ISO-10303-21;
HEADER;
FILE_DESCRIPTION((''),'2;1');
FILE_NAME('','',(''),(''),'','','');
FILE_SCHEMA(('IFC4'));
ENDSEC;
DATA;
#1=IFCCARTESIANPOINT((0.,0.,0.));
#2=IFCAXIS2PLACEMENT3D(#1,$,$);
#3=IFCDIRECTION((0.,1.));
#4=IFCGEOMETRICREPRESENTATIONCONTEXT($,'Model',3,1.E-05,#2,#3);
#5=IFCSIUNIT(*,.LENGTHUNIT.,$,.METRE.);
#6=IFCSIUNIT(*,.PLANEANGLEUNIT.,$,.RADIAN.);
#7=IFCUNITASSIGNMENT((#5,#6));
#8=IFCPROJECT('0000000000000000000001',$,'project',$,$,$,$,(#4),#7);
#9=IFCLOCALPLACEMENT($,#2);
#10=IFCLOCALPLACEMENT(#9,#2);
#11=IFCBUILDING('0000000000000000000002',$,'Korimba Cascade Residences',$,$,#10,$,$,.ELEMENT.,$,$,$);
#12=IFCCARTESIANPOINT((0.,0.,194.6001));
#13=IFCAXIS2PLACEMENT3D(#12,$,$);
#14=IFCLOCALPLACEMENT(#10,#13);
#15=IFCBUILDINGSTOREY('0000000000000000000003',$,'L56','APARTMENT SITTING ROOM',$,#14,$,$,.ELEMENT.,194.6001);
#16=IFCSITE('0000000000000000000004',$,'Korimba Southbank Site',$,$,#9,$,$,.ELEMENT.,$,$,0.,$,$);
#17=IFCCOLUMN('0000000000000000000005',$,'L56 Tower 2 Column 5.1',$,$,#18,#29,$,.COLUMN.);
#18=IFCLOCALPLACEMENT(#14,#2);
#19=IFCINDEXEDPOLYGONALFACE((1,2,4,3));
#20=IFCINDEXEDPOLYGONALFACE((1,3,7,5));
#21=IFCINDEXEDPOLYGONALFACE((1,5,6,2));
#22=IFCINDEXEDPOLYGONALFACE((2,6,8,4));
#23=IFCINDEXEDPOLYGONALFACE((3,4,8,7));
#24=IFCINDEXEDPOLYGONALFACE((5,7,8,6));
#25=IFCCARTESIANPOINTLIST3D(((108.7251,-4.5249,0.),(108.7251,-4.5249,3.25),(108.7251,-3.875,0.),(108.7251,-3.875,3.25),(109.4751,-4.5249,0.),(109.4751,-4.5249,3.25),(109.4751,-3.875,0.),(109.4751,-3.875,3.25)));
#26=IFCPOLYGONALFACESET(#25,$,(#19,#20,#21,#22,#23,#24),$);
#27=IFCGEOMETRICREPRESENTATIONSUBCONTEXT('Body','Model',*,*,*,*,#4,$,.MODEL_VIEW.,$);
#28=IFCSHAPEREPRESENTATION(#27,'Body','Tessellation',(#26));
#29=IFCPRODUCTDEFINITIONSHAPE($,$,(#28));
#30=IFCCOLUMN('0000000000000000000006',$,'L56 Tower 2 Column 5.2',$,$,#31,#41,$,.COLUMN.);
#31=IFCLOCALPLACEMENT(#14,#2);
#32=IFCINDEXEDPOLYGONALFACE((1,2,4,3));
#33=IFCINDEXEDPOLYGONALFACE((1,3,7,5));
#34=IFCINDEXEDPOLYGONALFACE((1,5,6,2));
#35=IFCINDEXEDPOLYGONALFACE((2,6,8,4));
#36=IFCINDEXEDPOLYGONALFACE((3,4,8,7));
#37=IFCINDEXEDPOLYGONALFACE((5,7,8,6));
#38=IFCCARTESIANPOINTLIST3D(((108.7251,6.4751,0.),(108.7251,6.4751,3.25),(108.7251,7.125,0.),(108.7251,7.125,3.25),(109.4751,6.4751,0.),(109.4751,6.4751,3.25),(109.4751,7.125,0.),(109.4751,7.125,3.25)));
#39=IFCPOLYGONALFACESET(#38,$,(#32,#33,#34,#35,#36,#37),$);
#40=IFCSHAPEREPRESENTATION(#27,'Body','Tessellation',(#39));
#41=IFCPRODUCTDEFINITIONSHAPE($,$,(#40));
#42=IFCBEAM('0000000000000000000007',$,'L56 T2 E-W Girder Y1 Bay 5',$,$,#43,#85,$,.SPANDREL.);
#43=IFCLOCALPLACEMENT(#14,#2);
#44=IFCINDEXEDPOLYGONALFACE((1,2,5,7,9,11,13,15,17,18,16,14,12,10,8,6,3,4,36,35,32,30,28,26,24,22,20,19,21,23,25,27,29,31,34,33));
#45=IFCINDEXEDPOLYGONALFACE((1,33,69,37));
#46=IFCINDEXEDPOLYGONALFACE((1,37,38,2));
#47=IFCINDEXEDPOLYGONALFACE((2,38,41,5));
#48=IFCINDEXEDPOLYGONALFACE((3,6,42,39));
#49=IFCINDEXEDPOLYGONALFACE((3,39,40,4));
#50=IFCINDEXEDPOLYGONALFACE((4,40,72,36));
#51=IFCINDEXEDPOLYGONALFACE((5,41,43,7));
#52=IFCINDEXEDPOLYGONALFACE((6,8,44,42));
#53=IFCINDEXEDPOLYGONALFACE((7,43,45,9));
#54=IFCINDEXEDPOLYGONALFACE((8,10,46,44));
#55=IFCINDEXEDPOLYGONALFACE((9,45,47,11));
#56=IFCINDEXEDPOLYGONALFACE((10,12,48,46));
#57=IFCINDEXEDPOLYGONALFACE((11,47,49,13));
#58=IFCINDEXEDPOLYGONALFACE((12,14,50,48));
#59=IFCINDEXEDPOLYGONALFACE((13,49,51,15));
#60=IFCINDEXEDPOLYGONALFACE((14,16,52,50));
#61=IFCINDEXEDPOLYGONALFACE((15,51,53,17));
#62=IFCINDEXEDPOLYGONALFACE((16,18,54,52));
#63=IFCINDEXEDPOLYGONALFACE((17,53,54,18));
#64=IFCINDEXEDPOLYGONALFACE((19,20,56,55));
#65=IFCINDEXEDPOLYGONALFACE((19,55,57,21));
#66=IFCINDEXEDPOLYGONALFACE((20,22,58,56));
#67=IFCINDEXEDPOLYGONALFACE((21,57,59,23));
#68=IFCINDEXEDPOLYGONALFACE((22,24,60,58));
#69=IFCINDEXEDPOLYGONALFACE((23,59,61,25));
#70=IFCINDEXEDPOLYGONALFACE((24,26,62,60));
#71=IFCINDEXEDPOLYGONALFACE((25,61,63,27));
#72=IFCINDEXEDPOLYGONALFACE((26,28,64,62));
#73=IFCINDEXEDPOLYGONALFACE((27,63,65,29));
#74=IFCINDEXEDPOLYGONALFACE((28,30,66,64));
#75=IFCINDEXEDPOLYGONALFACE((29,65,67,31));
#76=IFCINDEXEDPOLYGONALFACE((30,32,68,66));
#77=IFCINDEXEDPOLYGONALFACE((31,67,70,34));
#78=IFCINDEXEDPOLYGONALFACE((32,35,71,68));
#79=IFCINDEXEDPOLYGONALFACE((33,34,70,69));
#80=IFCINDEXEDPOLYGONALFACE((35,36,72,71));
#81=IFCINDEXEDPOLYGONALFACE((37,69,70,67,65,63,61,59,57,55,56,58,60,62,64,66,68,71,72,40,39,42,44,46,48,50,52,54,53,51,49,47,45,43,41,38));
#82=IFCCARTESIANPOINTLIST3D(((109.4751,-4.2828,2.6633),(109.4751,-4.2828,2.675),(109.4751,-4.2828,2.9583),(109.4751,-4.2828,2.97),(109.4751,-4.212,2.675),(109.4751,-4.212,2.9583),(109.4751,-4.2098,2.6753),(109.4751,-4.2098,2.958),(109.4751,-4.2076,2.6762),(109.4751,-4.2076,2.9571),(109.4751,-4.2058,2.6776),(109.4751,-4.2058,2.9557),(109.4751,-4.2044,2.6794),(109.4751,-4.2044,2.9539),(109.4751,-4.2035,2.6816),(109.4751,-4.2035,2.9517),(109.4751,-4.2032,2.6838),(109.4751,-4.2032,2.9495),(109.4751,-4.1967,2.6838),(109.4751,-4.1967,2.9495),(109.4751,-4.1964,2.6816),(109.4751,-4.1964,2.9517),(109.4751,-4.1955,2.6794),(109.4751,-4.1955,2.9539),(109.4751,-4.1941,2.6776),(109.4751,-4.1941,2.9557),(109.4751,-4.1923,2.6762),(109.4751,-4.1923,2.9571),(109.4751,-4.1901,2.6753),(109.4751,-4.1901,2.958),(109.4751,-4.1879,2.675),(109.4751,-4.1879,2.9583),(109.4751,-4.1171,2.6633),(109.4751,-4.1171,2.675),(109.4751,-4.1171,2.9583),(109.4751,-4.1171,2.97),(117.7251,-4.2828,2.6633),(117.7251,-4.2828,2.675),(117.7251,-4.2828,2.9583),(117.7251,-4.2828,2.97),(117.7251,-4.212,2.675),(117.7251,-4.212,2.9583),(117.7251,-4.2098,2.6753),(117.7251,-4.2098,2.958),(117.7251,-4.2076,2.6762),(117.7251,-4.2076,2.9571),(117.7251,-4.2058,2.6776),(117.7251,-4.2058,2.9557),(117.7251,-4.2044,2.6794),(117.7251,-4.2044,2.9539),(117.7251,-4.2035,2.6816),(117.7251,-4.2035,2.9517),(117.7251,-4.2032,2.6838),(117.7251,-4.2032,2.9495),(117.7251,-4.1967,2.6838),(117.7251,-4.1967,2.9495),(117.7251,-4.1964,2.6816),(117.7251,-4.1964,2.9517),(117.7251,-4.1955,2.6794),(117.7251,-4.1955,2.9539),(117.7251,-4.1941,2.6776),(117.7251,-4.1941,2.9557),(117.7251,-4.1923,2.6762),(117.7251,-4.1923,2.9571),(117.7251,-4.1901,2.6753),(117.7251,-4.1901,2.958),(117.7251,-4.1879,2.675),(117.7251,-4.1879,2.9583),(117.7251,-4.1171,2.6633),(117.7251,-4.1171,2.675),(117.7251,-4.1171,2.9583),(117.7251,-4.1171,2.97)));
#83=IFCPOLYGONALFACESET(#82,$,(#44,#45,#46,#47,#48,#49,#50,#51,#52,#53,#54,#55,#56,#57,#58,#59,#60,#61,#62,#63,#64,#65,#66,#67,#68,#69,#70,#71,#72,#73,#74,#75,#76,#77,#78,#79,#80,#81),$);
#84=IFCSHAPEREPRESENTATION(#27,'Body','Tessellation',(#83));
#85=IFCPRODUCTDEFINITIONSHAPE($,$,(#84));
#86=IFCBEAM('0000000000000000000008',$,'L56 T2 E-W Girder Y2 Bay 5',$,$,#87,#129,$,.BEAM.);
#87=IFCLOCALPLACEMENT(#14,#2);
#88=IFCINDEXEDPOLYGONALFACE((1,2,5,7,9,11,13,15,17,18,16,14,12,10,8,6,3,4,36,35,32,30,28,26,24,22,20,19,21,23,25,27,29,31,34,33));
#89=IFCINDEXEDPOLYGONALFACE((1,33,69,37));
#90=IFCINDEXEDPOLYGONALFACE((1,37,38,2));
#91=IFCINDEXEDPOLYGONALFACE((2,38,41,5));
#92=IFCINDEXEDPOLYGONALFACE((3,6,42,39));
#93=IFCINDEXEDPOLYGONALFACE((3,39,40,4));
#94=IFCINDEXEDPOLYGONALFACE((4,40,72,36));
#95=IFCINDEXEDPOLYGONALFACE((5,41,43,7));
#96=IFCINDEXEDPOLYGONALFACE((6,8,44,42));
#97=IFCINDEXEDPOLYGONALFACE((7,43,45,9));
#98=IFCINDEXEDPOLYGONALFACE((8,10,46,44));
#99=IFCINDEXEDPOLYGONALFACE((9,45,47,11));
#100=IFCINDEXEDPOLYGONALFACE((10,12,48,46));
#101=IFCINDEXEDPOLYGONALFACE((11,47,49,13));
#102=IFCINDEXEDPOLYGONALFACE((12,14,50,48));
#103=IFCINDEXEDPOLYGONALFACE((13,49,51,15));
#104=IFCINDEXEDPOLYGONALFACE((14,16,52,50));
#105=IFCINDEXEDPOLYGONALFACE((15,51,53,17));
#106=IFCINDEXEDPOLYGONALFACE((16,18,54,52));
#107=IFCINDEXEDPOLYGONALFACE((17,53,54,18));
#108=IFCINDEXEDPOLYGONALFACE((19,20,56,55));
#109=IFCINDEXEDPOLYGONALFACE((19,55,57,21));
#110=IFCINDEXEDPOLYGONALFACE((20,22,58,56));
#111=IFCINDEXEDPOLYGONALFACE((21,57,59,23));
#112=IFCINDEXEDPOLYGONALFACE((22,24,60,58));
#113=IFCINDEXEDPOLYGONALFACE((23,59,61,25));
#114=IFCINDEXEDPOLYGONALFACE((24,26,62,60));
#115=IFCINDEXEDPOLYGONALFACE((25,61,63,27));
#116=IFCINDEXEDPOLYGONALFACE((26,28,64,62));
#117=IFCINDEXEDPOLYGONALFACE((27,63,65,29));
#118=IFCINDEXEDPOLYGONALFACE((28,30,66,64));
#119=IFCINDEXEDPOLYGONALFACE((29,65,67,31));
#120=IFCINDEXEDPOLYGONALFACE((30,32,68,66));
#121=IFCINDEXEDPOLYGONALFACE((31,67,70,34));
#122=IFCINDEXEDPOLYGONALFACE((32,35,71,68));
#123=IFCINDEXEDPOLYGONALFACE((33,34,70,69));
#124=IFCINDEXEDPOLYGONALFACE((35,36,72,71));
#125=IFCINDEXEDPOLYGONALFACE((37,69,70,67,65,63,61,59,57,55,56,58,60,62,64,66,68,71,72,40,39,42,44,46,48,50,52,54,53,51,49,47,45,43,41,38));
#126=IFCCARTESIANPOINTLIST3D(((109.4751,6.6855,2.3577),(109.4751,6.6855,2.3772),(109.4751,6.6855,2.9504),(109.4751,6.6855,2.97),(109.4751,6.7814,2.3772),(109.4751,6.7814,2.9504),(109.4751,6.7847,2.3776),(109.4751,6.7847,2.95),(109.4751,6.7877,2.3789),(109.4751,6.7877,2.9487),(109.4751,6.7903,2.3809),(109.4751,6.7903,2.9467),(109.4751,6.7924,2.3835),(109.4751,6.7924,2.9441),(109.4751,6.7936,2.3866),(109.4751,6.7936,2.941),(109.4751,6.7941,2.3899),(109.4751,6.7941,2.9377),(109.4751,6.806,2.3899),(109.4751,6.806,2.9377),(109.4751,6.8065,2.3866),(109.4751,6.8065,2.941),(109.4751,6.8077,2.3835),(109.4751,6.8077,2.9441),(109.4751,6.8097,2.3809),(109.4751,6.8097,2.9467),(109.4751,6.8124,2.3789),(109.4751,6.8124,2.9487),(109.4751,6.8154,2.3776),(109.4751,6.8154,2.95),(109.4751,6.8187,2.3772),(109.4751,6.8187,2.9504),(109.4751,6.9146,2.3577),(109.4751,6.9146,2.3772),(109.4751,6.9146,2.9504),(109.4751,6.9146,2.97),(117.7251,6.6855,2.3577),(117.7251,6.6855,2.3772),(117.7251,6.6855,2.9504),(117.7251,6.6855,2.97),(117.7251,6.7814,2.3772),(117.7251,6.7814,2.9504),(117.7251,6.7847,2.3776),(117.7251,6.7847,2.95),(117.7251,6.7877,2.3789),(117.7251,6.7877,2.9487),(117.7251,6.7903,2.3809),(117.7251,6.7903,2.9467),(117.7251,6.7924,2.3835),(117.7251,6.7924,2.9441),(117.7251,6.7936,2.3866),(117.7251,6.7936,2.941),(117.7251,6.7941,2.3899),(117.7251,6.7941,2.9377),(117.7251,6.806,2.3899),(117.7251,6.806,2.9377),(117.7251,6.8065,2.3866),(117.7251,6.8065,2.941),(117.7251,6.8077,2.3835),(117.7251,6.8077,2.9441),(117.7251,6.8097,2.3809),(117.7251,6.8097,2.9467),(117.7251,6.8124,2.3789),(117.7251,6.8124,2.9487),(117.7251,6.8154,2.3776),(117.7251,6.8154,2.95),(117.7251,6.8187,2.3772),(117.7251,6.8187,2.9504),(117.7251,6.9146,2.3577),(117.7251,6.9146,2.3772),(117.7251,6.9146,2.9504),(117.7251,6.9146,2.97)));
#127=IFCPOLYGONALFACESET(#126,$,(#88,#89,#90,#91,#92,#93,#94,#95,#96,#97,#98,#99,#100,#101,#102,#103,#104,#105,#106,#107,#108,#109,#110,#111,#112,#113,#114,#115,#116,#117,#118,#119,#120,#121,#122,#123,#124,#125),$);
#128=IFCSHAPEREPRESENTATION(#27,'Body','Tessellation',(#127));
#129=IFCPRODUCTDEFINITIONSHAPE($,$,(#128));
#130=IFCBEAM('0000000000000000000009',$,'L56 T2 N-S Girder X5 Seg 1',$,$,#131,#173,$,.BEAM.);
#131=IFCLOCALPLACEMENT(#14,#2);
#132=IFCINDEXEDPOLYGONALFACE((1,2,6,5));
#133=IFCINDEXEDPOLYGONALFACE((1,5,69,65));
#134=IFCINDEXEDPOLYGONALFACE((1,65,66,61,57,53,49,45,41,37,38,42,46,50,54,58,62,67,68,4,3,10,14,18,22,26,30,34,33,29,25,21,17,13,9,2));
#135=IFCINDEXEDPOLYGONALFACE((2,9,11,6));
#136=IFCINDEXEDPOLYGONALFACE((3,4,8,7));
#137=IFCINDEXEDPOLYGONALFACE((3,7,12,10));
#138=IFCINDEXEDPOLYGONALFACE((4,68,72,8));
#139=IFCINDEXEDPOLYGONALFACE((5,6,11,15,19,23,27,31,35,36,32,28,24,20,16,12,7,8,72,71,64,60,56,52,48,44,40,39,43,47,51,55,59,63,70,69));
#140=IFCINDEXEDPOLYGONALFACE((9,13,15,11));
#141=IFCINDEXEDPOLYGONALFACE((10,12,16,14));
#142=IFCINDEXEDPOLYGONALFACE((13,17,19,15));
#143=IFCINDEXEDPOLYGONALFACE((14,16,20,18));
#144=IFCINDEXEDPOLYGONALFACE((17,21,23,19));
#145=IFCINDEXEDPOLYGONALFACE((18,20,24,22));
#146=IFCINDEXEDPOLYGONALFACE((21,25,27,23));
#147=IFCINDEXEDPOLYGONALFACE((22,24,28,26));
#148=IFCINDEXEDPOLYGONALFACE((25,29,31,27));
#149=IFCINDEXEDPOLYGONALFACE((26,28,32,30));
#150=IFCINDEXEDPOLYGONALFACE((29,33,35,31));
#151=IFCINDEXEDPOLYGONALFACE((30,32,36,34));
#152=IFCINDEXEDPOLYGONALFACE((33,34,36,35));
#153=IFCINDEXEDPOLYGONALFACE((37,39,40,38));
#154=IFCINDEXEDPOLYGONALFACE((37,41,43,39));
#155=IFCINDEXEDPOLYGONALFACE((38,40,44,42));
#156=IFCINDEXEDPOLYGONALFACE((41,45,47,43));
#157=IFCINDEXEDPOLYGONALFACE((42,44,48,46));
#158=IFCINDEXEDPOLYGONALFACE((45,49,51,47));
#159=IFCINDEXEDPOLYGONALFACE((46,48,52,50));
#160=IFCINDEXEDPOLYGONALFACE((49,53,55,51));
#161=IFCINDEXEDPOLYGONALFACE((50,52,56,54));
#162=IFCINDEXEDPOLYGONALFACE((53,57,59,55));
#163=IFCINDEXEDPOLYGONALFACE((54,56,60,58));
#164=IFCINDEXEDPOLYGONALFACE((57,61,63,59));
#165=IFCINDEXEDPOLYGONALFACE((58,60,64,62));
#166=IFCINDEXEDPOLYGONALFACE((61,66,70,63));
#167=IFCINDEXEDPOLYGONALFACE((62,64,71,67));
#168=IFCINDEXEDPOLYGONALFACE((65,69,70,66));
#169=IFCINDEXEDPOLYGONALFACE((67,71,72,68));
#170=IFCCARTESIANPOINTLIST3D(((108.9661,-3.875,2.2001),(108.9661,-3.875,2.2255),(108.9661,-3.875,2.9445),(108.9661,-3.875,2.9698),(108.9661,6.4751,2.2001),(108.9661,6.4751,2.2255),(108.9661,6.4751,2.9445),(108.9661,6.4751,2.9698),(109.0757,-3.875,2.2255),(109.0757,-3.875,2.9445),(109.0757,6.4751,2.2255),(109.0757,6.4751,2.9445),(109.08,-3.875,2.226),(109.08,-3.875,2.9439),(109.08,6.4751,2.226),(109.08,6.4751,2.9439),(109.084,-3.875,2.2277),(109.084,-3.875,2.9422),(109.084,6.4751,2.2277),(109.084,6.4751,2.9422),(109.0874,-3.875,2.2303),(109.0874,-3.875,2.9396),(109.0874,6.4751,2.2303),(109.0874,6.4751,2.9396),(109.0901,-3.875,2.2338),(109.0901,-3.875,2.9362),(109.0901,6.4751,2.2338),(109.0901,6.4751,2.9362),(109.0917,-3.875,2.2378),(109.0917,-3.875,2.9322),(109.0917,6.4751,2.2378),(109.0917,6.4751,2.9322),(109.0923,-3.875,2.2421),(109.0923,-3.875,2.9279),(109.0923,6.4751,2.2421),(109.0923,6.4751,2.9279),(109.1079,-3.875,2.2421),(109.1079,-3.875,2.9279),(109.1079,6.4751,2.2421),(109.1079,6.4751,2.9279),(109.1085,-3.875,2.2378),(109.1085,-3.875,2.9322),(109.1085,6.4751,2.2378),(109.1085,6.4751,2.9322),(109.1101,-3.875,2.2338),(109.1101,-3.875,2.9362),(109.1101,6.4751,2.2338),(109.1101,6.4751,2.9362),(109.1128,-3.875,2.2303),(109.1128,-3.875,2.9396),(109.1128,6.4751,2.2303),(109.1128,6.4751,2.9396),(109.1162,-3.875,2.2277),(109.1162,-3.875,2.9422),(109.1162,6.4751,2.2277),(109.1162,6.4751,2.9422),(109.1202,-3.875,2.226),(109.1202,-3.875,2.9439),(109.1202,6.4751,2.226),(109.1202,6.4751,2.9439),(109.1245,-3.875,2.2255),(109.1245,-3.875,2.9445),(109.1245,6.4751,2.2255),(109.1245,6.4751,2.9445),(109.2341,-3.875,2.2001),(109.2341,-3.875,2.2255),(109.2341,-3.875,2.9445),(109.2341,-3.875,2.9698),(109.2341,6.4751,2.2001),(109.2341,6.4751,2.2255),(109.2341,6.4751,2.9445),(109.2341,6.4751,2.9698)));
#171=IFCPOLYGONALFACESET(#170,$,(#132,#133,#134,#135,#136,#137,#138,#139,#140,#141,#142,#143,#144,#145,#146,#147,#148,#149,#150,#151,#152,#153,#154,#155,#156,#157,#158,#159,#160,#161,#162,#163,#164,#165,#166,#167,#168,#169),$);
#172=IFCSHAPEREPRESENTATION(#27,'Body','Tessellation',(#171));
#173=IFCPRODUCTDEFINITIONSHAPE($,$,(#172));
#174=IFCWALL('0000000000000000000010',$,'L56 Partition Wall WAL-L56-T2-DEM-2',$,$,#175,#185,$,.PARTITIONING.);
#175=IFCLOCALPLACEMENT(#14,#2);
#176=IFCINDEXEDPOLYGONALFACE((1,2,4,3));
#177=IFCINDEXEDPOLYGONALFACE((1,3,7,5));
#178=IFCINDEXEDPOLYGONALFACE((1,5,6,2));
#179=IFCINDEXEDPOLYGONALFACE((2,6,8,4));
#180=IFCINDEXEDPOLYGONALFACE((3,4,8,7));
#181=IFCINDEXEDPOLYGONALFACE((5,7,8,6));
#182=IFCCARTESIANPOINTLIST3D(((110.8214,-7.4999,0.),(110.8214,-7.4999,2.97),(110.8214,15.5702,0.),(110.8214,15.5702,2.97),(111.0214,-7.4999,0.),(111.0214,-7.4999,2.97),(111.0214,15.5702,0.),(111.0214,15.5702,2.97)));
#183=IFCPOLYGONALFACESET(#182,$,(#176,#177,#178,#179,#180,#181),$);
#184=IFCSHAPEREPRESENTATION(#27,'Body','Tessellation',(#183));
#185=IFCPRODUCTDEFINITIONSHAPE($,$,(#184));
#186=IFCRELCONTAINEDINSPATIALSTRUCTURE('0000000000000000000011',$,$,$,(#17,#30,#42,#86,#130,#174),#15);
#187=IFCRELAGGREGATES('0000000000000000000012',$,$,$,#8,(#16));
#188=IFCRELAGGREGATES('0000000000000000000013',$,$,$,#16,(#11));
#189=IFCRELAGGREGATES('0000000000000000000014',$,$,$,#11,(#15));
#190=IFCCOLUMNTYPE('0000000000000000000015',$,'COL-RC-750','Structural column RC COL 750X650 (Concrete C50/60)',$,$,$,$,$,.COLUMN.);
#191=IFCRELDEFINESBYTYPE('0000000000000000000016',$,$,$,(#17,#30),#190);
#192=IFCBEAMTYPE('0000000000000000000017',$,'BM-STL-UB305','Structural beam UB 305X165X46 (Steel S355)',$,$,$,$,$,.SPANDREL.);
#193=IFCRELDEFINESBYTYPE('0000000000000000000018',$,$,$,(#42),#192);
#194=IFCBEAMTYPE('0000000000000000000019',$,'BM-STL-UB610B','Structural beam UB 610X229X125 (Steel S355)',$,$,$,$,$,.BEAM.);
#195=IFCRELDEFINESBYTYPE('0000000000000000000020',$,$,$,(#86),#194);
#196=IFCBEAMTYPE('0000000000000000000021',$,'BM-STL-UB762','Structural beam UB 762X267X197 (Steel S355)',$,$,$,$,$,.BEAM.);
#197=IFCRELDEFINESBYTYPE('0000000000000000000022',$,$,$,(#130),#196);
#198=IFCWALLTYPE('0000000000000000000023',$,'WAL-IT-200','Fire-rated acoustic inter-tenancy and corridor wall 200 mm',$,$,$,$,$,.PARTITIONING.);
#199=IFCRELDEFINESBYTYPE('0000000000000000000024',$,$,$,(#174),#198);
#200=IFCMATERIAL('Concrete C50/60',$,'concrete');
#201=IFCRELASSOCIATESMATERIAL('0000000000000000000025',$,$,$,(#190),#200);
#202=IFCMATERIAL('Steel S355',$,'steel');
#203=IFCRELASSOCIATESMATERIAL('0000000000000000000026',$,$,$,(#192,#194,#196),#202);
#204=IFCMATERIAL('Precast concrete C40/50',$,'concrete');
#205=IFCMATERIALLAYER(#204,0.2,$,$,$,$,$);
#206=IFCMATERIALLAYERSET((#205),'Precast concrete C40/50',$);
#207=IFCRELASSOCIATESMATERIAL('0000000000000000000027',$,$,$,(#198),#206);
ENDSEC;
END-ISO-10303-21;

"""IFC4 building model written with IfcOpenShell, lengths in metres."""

from ifc_helpers import new_model, si_unit, direction, frame, frame_2d, origin, origin_2d, place, context, subcontext, project, spatial, rectangle, i_section, extrude, material, layer, layer_set, material_profile, profile_set, type_object, element, save


model = new_model("IFC4")

# Units and contexts
model_context = context("Model", 3, precision=1e-05, world=origin(), true_north=direction((0.0, 1.0)))
body_context = subcontext(model_context, "Body", "Model", "MODEL_VIEW")
ifc_project = project(units=[si_unit("LENGTHUNIT", "METRE"), si_unit("PLANEANGLEUNIT", "RADIAN")], contexts=[model_context])

# Site, building, storey
site_placement = place(None, origin())
site = spatial("IfcSite", under=ifc_project, at=site_placement, Name="Korimba Southbank Site", CompositionType="ELEMENT", RefElevation=0.0)
building_placement = place(site_placement, origin())
building = spatial("IfcBuilding", under=site, at=building_placement, Name="Korimba Cascade Residences", CompositionType="ELEMENT")
storey_placement = place(building_placement, frame((0.0, 0.0, 194.6001)))
storey = spatial("IfcBuildingStorey", under=building, at=storey_placement, Name="L56", Description="APARTMENT SITTING ROOM", CompositionType="ELEMENT", Elevation=194.6001)

# Columns
ifc_material_1 = material(Name="Concrete C50/60", Category="concrete")
ifc_material_profile_1 = material_profile(ifc_material_1, rectangle(XDim=0.75, YDim=0.6499, at=origin_2d()), Name="Concrete C50/60")
ifc_profile_set_1 = profile_set([ifc_material_profile_1], Name="Concrete C50/60")
column_type = type_object("IfcColumnType", Name="COL-RC-750", Description="Structural column RC COL 750X650 (Concrete C50/60)", PredefinedType="COLUMN", material=ifc_profile_set_1)
for number, where, z_axis, x_axis, name in (
    (1, (109.1001, -4.2, 0.0), (0.0, 0.0, 1.0), (1.0, 0.0, 0.0), "L56 Tower 2 Column 5.1"),
    (2, (109.1001, 6.8, 0.0), (0.0, 0.0, 1.0), (1.0, 0.0, 0.0), "L56 Tower 2 Column 5.2"),
):
    element("IfcColumn", number, at=place(storey_placement, frame(where, z_axis=z_axis, x_axis=x_axis)), inside=storey, type_object=column_type, Name=name, PredefinedType="COLUMN", context=body_context, shape_type="SweptSolid", body=[
        extrude(rectangle(XDim=0.75, YDim=0.6499, at=origin_2d()), origin(), (0.0, 0.0, 1.0), 3.25),
    ])

# Beams
ifc_material_2 = material(Name="Steel S355", Category="steel")
ifc_material_profile_2 = material_profile(ifc_material_2, i_section(OverallWidth=0.1658, OverallDepth=0.3066, WebThickness=0.0066, FlangeThickness=0.0117, FilletRadius=0.0088, at=origin_2d()), Name="Steel S355")
ifc_profile_set_2 = profile_set([ifc_material_profile_2], Name="Steel S355")
beam_type_1 = type_object("IfcBeamType", Name="BM-STL-UB305", Description="Structural beam UB 305X165X46 (Steel S355)", PredefinedType="SPANDREL", material=ifc_profile_set_2)
beam_1_placement = place(storey_placement, frame((109.4751, -4.2, 2.8167), z_axis=(1.0, 0.0, 0.0), x_axis=(0.0, 1.0, 0.0)))
element("IfcBeam", 3, at=beam_1_placement, inside=storey, type_object=beam_type_1, Name="L56 T2 E-W Girder Y1 Bay 5", PredefinedType="SPANDREL", context=body_context, shape_type="SweptSolid", body=[
    extrude(i_section(OverallWidth=0.1658, OverallDepth=0.3066, WebThickness=0.0066, FlangeThickness=0.0117, FilletRadius=0.0088, at=origin_2d()), origin(), (0.0, 0.0, 1.0), 8.25),
])
ifc_material_profile_3 = material_profile(ifc_material_2, i_section(OverallWidth=0.229, OverallDepth=0.6123, WebThickness=0.012, FlangeThickness=0.0195, FilletRadius=0.0127, at=origin_2d()), Name="Steel S355")
ifc_profile_set_3 = profile_set([ifc_material_profile_3], Name="Steel S355")
beam_type_2 = type_object("IfcBeamType", Name="BM-STL-UB610B", Description="Structural beam UB 610X229X125 (Steel S355)", PredefinedType="BEAM", material=ifc_profile_set_3)
beam_2_placement = place(storey_placement, frame((109.4751, 6.8, 2.6638), z_axis=(1.0, 0.0, 0.0), x_axis=(0.0, 1.0, 0.0)))
element("IfcBeam", 4, at=beam_2_placement, inside=storey, type_object=beam_type_2, Name="L56 T2 E-W Girder Y2 Bay 5", PredefinedType="BEAM", context=body_context, shape_type="SweptSolid", body=[
    extrude(i_section(OverallWidth=0.229, OverallDepth=0.6123, WebThickness=0.012, FlangeThickness=0.0195, FilletRadius=0.0127, at=origin_2d()), origin(), (0.0, 0.0, 1.0), 8.25),
])
ifc_material_profile_4 = material_profile(ifc_material_2, i_section(OverallWidth=0.2681, OverallDepth=0.7698, WebThickness=0.0156, FlangeThickness=0.0254, FilletRadius=0.0166, at=origin_2d()), Name="Steel S355")
ifc_profile_set_4 = profile_set([ifc_material_profile_4], Name="Steel S355")
beam_type_3 = type_object("IfcBeamType", Name="BM-STL-UB762", Description="Structural beam UB 762X267X197 (Steel S355)", PredefinedType="BEAM", material=ifc_profile_set_4)
beam_3_placement = place(storey_placement, frame((109.1001, -3.875, 2.585), z_axis=(0.0, 1.0, 0.0), x_axis=(-1.0, 0.0, 0.0)))
element("IfcBeam", 5, at=beam_3_placement, inside=storey, type_object=beam_type_3, Name="L56 T2 N-S Girder X5 Seg 1", PredefinedType="BEAM", context=body_context, shape_type="SweptSolid", body=[
    extrude(i_section(OverallWidth=0.2681, OverallDepth=0.7698, WebThickness=0.0156, FlangeThickness=0.0254, FilletRadius=0.0166, at=origin_2d()), origin(), (0.0, 0.0, 1.0), 10.3501),
])

# Wall
ifc_material_3 = material(Name="Precast concrete C40/50", Category="concrete")
ifc_layer_1 = layer(ifc_material_3, 0.2)
ifc_layer_set_1 = layer_set([ifc_layer_1], Name="Precast concrete C40/50")
wall_type_1 = type_object("IfcWallType", Name="WAL-IT-200", Description="Fire-rated acoustic inter-tenancy and corridor wall 200 mm", PredefinedType="PARTITIONING", material=ifc_layer_set_1)
wall_1_placement = place(storey_placement, frame((110.9214, -7.5, 0.0), z_axis=(0.0, 0.0, 1.0), x_axis=(0.0, 1.0, 0.0)))
element("IfcWall", 6, at=wall_1_placement, inside=storey, type_object=wall_type_1, Name="L56 Partition Wall WAL-L56-T2-DEM-2", PredefinedType="PARTITIONING", context=body_context, shape_type="SweptSolid", body=[
    extrude(rectangle(XDim=23.0701, YDim=0.2, at=frame_2d((11.5352, 0.0))), origin(), (0.0, 0.0, 1.0), 2.97),
])

save(model, "model.ifc")
